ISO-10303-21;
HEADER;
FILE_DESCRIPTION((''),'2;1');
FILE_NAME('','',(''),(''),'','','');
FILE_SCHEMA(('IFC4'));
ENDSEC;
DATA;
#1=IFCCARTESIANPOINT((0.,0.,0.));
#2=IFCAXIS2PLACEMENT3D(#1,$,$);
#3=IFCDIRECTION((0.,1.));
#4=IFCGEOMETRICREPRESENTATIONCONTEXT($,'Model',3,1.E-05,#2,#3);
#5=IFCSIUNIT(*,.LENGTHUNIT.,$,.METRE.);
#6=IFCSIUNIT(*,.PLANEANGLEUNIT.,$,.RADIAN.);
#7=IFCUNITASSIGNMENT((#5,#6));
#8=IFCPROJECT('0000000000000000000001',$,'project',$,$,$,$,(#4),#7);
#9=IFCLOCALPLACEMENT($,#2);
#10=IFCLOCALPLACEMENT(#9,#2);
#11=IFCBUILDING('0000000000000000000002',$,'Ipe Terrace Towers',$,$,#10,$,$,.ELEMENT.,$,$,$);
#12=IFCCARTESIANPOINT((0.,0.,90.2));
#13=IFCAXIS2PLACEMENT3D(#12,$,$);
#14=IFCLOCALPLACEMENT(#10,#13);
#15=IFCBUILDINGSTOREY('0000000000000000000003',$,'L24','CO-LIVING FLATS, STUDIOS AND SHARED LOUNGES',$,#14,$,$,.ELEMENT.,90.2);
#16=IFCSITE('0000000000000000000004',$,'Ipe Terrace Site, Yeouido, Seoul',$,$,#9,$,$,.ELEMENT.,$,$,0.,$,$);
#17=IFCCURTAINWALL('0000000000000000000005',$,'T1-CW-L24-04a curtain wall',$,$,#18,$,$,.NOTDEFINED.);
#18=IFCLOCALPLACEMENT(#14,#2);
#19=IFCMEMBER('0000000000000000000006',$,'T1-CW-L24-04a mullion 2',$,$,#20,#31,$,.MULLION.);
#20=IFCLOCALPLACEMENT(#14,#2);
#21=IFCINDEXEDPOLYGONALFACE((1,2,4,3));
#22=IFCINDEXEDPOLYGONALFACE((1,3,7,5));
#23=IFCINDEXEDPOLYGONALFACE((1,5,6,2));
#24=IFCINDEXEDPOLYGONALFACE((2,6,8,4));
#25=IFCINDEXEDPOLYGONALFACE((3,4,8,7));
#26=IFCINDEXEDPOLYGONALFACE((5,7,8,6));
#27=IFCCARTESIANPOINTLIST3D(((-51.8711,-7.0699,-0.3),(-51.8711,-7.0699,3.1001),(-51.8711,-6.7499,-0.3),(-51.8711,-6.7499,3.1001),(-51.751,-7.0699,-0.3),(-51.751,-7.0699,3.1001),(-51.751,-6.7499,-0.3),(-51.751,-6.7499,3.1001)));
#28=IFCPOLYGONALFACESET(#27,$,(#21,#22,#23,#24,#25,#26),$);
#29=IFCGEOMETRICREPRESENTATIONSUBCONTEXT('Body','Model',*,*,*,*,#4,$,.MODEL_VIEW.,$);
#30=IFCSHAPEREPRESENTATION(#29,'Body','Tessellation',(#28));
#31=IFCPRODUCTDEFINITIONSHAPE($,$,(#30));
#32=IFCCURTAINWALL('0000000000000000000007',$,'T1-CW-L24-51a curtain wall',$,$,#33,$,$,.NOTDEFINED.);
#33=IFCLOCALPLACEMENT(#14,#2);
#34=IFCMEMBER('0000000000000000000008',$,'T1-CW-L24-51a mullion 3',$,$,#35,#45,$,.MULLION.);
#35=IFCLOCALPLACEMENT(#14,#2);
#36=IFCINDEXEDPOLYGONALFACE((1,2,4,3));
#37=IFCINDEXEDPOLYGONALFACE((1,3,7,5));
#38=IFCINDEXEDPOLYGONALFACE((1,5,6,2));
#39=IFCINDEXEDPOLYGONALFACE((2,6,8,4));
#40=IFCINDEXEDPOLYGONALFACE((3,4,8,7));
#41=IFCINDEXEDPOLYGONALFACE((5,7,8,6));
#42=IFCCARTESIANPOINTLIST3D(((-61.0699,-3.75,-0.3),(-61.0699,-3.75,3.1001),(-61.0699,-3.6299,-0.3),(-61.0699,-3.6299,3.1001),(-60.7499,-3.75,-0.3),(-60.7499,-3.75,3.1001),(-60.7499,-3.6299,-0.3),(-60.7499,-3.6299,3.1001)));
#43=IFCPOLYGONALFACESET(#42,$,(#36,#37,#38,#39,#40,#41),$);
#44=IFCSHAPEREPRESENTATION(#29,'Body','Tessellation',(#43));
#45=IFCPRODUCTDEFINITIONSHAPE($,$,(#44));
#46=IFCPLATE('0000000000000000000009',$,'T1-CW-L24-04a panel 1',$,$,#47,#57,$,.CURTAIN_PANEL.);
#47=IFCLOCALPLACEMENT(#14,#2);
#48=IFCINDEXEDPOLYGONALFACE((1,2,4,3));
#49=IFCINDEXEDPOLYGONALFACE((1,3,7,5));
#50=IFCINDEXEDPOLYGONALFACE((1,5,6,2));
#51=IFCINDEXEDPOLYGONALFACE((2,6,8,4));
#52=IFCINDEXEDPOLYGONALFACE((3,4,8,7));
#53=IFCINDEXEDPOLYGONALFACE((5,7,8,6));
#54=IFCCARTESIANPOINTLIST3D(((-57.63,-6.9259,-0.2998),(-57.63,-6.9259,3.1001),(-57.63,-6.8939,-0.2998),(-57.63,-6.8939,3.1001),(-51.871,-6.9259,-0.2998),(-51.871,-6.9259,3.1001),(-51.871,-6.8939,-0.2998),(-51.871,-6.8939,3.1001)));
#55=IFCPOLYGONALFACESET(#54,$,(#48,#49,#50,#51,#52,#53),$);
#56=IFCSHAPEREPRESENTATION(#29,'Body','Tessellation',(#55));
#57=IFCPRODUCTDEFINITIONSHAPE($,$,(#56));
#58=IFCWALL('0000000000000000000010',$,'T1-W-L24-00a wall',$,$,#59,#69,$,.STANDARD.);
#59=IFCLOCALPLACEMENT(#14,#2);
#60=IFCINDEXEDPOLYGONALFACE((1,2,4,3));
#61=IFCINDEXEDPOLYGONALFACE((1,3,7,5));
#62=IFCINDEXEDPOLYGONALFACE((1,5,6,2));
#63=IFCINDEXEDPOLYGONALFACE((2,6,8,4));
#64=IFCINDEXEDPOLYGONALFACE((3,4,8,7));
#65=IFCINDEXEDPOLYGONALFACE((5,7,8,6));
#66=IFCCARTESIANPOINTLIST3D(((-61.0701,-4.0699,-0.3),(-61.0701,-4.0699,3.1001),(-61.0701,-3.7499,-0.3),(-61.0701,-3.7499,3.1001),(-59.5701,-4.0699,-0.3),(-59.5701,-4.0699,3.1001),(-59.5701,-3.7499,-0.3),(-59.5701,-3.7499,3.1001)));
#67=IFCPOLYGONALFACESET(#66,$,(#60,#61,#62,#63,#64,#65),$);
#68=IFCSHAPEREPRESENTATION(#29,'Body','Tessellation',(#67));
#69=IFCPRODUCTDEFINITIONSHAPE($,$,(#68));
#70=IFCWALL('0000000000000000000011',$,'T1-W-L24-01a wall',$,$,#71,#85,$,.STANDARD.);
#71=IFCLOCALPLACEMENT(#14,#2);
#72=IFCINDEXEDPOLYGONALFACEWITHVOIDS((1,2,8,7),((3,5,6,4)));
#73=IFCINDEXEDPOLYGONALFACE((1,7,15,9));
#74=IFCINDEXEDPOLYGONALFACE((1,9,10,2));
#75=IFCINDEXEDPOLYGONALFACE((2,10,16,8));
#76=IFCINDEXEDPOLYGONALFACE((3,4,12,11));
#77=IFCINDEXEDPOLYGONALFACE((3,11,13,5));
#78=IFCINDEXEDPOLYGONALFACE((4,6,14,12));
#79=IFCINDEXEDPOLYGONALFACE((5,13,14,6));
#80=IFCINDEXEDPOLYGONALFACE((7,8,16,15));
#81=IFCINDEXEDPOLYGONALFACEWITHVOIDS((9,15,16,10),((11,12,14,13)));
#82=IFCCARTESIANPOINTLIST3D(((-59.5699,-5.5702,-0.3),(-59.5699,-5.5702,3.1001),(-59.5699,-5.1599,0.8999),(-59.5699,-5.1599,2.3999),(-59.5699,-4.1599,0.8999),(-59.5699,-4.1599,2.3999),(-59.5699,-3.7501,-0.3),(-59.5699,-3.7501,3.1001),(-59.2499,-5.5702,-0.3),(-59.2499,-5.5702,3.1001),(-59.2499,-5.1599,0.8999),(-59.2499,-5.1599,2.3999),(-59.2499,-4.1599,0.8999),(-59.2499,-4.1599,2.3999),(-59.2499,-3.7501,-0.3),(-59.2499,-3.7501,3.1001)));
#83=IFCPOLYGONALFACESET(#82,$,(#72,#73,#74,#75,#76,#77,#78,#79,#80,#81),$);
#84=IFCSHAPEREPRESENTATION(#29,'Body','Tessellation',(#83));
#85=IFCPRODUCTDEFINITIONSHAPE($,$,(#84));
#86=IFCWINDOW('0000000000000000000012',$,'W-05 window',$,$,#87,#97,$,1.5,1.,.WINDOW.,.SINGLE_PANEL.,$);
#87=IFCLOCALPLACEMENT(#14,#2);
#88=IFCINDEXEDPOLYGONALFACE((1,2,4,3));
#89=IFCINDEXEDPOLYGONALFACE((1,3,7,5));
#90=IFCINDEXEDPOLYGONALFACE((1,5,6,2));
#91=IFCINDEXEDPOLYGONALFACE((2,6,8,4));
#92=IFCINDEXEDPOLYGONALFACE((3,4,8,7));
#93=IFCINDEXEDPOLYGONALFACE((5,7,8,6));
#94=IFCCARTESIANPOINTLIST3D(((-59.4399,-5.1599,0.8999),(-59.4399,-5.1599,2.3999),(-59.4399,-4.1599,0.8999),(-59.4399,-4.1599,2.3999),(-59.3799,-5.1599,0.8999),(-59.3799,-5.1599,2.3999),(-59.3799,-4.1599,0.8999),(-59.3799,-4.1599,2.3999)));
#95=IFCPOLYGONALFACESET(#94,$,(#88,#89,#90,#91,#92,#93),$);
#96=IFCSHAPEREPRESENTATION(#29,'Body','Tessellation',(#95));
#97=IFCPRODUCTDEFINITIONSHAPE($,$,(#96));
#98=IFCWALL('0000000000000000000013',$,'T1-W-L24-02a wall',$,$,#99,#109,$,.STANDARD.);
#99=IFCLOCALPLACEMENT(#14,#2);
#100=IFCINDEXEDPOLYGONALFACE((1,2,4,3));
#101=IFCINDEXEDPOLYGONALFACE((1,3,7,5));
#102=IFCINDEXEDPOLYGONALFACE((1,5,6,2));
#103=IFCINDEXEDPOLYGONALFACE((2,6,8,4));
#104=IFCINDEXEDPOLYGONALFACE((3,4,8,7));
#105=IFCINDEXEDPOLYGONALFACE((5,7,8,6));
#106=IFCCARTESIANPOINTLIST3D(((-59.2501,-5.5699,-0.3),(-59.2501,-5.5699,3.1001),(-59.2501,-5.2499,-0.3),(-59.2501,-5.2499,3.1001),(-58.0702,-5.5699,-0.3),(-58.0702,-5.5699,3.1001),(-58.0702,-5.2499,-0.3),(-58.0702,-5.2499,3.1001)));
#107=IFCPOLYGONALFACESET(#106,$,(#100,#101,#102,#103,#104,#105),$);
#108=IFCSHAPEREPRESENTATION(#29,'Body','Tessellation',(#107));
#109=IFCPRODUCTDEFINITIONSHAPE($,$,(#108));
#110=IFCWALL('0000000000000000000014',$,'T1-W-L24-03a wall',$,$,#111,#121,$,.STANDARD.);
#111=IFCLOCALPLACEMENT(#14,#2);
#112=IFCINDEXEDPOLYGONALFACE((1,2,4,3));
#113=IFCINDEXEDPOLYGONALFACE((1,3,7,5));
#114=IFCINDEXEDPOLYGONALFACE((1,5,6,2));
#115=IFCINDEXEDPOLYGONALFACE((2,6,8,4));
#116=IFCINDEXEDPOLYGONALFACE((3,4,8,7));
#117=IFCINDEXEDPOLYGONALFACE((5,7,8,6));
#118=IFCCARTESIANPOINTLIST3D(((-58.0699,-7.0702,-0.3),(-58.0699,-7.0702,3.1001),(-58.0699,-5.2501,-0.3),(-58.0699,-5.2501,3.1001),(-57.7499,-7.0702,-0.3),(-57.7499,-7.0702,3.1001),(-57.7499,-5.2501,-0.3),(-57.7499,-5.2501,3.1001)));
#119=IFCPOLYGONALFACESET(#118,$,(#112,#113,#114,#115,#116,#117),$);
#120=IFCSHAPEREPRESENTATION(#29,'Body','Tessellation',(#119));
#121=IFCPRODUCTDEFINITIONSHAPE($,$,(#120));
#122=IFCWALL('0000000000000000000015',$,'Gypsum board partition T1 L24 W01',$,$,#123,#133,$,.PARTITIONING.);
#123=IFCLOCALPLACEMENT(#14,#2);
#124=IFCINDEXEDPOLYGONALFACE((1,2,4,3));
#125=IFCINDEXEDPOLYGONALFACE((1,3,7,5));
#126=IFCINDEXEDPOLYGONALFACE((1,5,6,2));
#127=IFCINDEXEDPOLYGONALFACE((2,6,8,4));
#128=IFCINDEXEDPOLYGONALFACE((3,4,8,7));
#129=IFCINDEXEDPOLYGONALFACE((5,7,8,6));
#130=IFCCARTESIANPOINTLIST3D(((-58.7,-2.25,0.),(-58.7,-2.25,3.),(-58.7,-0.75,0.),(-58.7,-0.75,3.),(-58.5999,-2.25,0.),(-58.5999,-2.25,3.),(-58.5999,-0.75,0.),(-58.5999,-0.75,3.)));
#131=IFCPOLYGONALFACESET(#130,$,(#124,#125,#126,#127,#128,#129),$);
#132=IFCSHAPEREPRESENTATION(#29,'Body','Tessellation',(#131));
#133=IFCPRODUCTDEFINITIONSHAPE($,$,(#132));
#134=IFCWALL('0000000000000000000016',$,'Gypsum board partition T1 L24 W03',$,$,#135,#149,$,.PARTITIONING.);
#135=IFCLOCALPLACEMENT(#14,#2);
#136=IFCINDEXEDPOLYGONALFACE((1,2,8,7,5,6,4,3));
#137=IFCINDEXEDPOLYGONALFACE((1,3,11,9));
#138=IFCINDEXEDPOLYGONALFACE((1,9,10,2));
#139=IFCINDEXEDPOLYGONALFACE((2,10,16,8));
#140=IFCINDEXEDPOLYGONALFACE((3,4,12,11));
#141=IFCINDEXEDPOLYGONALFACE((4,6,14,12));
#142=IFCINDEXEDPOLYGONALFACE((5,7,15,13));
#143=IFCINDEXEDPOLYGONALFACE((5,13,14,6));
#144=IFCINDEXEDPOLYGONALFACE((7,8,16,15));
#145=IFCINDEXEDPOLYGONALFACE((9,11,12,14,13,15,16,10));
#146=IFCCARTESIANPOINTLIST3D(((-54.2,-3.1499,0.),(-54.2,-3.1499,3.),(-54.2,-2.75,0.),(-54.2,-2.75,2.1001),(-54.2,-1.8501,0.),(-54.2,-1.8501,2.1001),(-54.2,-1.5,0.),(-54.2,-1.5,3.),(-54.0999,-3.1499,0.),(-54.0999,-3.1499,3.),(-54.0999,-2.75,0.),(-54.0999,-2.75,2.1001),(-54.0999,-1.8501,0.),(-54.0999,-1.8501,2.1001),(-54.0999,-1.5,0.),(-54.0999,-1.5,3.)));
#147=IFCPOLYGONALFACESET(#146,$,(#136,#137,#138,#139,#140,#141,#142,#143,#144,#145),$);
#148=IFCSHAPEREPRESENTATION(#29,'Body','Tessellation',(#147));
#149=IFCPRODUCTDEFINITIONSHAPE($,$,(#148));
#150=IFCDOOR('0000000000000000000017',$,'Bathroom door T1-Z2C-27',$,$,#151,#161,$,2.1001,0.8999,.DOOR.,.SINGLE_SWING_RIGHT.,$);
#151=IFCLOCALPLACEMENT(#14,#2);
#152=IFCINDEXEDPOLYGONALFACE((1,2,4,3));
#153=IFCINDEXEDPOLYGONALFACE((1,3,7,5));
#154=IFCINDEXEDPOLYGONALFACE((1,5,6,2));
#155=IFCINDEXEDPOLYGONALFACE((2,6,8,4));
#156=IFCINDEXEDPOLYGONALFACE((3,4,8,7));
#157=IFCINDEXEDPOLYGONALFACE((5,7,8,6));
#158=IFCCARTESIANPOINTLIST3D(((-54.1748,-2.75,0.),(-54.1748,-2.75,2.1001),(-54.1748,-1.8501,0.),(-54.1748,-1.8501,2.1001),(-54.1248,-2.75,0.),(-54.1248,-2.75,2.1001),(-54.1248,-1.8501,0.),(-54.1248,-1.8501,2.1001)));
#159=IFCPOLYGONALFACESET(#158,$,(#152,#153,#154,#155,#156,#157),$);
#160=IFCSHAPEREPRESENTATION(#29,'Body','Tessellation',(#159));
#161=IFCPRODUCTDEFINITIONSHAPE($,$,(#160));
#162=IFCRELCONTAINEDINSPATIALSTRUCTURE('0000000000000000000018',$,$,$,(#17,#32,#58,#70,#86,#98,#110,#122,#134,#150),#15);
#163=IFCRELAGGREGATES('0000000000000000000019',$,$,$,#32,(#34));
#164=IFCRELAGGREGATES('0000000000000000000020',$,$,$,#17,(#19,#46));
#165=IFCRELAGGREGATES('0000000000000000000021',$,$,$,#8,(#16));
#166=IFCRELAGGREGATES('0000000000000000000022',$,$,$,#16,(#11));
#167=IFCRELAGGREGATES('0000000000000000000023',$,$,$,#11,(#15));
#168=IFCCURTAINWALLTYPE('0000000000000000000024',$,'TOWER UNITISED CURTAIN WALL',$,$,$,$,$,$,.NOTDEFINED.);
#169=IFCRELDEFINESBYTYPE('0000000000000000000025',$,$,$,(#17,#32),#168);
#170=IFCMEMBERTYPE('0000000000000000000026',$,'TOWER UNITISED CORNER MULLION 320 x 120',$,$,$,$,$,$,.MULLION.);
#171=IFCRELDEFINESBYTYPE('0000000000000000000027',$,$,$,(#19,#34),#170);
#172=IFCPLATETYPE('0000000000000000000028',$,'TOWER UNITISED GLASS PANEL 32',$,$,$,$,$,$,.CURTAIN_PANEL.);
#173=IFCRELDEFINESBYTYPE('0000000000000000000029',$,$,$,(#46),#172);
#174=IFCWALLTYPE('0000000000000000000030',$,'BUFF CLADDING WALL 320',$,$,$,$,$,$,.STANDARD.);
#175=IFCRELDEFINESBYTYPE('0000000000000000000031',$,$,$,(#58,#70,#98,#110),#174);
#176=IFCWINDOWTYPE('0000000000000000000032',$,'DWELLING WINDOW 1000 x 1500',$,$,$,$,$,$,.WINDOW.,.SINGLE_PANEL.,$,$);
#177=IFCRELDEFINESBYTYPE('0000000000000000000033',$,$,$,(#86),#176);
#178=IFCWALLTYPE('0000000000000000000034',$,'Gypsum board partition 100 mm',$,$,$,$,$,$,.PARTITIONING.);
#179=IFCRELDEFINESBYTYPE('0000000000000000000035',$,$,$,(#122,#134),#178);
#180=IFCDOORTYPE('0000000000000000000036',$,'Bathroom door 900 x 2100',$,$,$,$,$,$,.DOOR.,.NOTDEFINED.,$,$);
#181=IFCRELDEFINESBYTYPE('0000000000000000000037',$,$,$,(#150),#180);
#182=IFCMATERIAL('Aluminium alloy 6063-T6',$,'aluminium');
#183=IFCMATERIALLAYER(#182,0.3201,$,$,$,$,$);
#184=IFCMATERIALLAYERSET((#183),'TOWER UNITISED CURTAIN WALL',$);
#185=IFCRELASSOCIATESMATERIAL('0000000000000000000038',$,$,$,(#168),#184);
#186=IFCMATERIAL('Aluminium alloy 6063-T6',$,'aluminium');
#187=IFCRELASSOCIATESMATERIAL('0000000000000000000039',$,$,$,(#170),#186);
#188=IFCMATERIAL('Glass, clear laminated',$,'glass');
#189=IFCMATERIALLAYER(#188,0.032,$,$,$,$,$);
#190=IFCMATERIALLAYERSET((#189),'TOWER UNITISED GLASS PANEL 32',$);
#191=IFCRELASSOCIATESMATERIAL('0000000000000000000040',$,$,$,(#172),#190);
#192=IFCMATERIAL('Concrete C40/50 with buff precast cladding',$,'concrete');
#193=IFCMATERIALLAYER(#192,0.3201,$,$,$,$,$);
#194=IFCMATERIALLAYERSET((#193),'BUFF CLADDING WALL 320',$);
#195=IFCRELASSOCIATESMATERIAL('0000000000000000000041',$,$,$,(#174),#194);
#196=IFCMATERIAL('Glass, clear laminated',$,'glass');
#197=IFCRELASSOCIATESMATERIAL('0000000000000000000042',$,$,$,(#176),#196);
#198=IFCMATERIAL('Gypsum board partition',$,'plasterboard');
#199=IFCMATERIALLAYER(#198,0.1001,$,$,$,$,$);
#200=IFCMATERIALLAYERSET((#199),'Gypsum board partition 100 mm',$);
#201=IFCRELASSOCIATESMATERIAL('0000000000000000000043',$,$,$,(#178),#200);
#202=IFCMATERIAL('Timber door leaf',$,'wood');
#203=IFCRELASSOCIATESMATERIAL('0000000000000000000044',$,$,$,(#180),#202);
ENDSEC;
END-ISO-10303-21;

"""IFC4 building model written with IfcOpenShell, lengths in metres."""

from ifc_helpers import new_model, si_unit, direction, frame, frame_2d, origin, origin_2d, place, context, subcontext, project, spatial, rectangle, extrude, material, layer, layer_set, material_profile, profile_set, type_object, element, fill, aggregate, save


model = new_model("IFC4")

# Units and contexts
model_context = context("Model", 3, precision=1e-05, world=origin(), true_north=direction((0.0, 1.0)))
body_context = subcontext(model_context, "Body", "Model", "MODEL_VIEW")
ifc_project = project(units=[si_unit("LENGTHUNIT", "METRE"), si_unit("PLANEANGLEUNIT", "RADIAN")], contexts=[model_context])

# Site, building, storey
site_placement = place(None, origin())
site = spatial("IfcSite", under=ifc_project, at=site_placement, Name="Ipe Terrace Site, Yeouido, Seoul", CompositionType="ELEMENT", RefElevation=0.0)
building_placement = place(site_placement, origin())
building = spatial("IfcBuilding", under=site, at=building_placement, Name="Ipe Terrace Towers", CompositionType="ELEMENT")
storey_placement = place(building_placement, frame((0.0, 0.0, 90.2)))
storey = spatial("IfcBuildingStorey", under=building, at=storey_placement, Name="L24", Description="CO-LIVING FLATS, STUDIOS AND SHARED LOUNGES", CompositionType="ELEMENT", Elevation=90.2)

# Curtain wall, member
ifc_material_1 = material(Name="Aluminium alloy 6063-T6", Category="aluminium")
ifc_layer_1 = layer(ifc_material_1, 0.3201)
ifc_layer_set_1 = layer_set([ifc_layer_1], Name="TOWER UNITISED CURTAIN WALL")
curtain_wall_type = type_object("IfcCurtainWallType", Name="TOWER UNITISED CURTAIN WALL", PredefinedType="NOTDEFINED", material=ifc_layer_set_1)
curtain_wall_1_placement = place(storey_placement, origin())
curtain_wall_1 = element("IfcCurtainWall", 1, at=curtain_wall_1_placement, inside=storey, type_object=curtain_wall_type, Name="T1-CW-L24-04a curtain wall", PredefinedType="NOTDEFINED")
ifc_material_2 = material(Name="Aluminium alloy 6063-T6", Category="aluminium")
ifc_material_profile_1 = material_profile(ifc_material_2, rectangle(XDim=0.3201, YDim=0.1201, at=origin_2d()), Name="TOWER UNITISED CORNER MULLION 320 x 120")
ifc_profile_set_1 = profile_set([ifc_material_profile_1], Name="Aluminium alloy 6063-T6")
member_type = type_object("IfcMemberType", Name="TOWER UNITISED CORNER MULLION 320 x 120", PredefinedType="MULLION", material=ifc_profile_set_1)
member_1_placement = place(storey_placement, frame((-51.811, -6.9099, -0.3), z_axis=(0.0, 0.0, 1.0), x_axis=(0.0, -1.0, 0.0)))
member_1 = element("IfcMember", 2, at=member_1_placement, type_object=member_type, Name="T1-CW-L24-04a mullion 2", PredefinedType="MULLION", context=body_context, shape_type="SweptSolid", body=[
    extrude(rectangle(XDim=0.3201, YDim=0.1201, at=origin_2d()), origin(), (0.0, 0.0, 1.0), 3.4001),
])

# Curtain wall, member
curtain_wall_2_placement = place(storey_placement, origin())
curtain_wall_2 = element("IfcCurtainWall", 3, at=curtain_wall_2_placement, inside=storey, type_object=curtain_wall_type, Name="T1-CW-L24-51a curtain wall", PredefinedType="NOTDEFINED")
member_2_placement = place(storey_placement, frame((-60.9099, -3.6899, -0.3), z_axis=(0.0, 0.0, 1.0), x_axis=(-1.0, 0.0, 0.0)))
member_2 = element("IfcMember", 4, at=member_2_placement, type_object=member_type, Name="T1-CW-L24-51a mullion 3", PredefinedType="MULLION", context=body_context, shape_type="SweptSolid", body=[
    extrude(rectangle(XDim=0.3201, YDim=0.1201, at=origin_2d()), origin(), (0.0, 0.0, 1.0), 3.4001),
])
aggregate(curtain_wall_2, [member_2])

# Plate
ifc_material_3 = material(Name="Glass, clear laminated", Category="glass")
ifc_layer_2 = layer(ifc_material_3, 0.032)
ifc_layer_set_2 = layer_set([ifc_layer_2], Name="TOWER UNITISED GLASS PANEL 32")
plate_type = type_object("IfcPlateType", Name="TOWER UNITISED GLASS PANEL 32", PredefinedType="CURTAIN_PANEL", material=ifc_layer_set_2)
plate_placement = place(storey_placement, frame((-54.7505, -6.9099, -0.2998), z_axis=(0.0, 0.0, 1.0), x_axis=(1.0, 0.0, 0.0)))
plate = element("IfcPlate", 5, at=plate_placement, type_object=plate_type, Name="T1-CW-L24-04a panel 1", PredefinedType="CURTAIN_PANEL", context=body_context, shape_type="SweptSolid", body=[
    extrude(rectangle(XDim=5.759, YDim=0.032, at=origin_2d()), origin(), (0.0, 0.0, 1.0), 3.3999),
])
aggregate(curtain_wall_1, [member_1, plate])

# Wall
ifc_material_4 = material(Name="Concrete C40/50 with buff precast cladding", Category="concrete")
ifc_layer_3 = layer(ifc_material_4, 0.3201)
ifc_layer_set_3 = layer_set([ifc_layer_3], Name="BUFF CLADDING WALL 320")
wall_type_1 = type_object("IfcWallType", Name="BUFF CLADDING WALL 320", PredefinedType="STANDARD", material=ifc_layer_set_3)
wall_1_placement = place(storey_placement, frame((-61.0701, -3.9099, -0.3), z_axis=(0.0, 0.0, 1.0), x_axis=(1.0, 0.0, 0.0)))
element("IfcWall", 6, at=wall_1_placement, inside=storey, type_object=wall_type_1, Name="T1-W-L24-00a wall", PredefinedType="STANDARD", context=body_context, shape_type="SweptSolid", body=[
    extrude(rectangle(XDim=1.5, YDim=0.3201, at=frame_2d((0.75, 0.0))), origin(), (0.0, 0.0, 1.0), 3.4001),
])

# Wall, opening, window
wall_2_placement = place(storey_placement, frame((-59.4099, -3.75, -0.3), z_axis=(0.0, 0.0, 1.0), x_axis=(0.0, -1.0, 0.0)))
wall_2 = element("IfcWall", 7, at=wall_2_placement, inside=storey, type_object=wall_type_1, Name="T1-W-L24-01a wall", PredefinedType="STANDARD", context=body_context, shape_type="SweptSolid", body=[
    extrude(rectangle(XDim=1.8201, YDim=0.3201, at=frame_2d((0.9102, 0.0))), origin(), (0.0, 0.0, 1.0), 3.4001),
])
opening_1_placement = place(wall_2_placement, frame((0.4099, 0.0, 1.2)))
opening_1 = element("IfcOpeningElement", 8, at=opening_1_placement, cuts=wall_2, PredefinedType="OPENING", context=body_context, shape_type="SweptSolid", body=[
    extrude(rectangle(XDim=1.0, YDim=1.5, at=frame_2d((0.5, 0.75))), frame((0.0, 0.1699, 0.0), z_axis=(0.0, -1.0, 0.0), x_axis=(1.0, 0.0, 0.0)), (0.0, 0.0, 1.0), 0.3401),
])
ifc_material_5 = material(Name="Glass, clear laminated", Category="glass")
window_type = type_object("IfcWindowType", Name="DWELLING WINDOW 1000 x 1500", PartitioningType="SINGLE_PANEL", PredefinedType="WINDOW", material=ifc_material_5)
window_placement = place(opening_1_placement, origin())
window = element("IfcWindow", 9, at=window_placement, inside=storey, type_object=window_type, Name="W-05 window", OverallHeight=1.5, OverallWidth=1.0, PartitioningType="SINGLE_PANEL", PredefinedType="WINDOW", context=body_context, shape_type="SweptSolid", body=[
    extrude(rectangle(XDim=1.0, YDim=1.5, at=frame_2d((0.5, 0.75))), frame((0.0, 0.03, 0.0), z_axis=(0.0, -1.0, 0.0), x_axis=(1.0, 0.0, 0.0)), (0.0, 0.0, 1.0), 0.0601),
])
fill(opening_1, window)

# Walls
wall_3_placement = place(storey_placement, frame((-59.25, -5.4099, -0.3), z_axis=(0.0, 0.0, 1.0), x_axis=(1.0, 0.0, 0.0)))
element("IfcWall", 10, at=wall_3_placement, inside=storey, type_object=wall_type_1, Name="T1-W-L24-02a wall", PredefinedType="STANDARD", context=body_context, shape_type="SweptSolid", body=[
    extrude(rectangle(XDim=1.1799, YDim=0.3201, at=frame_2d((0.5898, 0.0))), origin(), (0.0, 0.0, 1.0), 3.4001),
])
wall_4_placement = place(storey_placement, frame((-57.9099, -5.25, -0.3), z_axis=(0.0, 0.0, 1.0), x_axis=(0.0, -1.0, 0.0)))
element("IfcWall", 11, at=wall_4_placement, inside=storey, type_object=wall_type_1, Name="T1-W-L24-03a wall", PredefinedType="STANDARD", context=body_context, shape_type="SweptSolid", body=[
    extrude(rectangle(XDim=1.8201, YDim=0.3201, at=frame_2d((0.9102, 0.0))), origin(), (0.0, 0.0, 1.0), 3.4001),
])
ifc_material_6 = material(Name="Gypsum board partition", Category="plasterboard")
ifc_layer_4 = layer(ifc_material_6, 0.1001)
ifc_layer_set_4 = layer_set([ifc_layer_4], Name="Gypsum board partition 100 mm")
wall_type_2 = type_object("IfcWallType", Name="Gypsum board partition 100 mm", PredefinedType="PARTITIONING", material=ifc_layer_set_4)
wall_5_placement = place(storey_placement, frame((-58.6499, -2.25, 0.0), z_axis=(0.0, 0.0, 1.0), x_axis=(0.0, 1.0, 0.0)))
element("IfcWall", 12, at=wall_5_placement, inside=storey, type_object=wall_type_2, Name="Gypsum board partition T1 L24 W01", PredefinedType="PARTITIONING", context=body_context, shape_type="SweptSolid", body=[
    extrude(rectangle(XDim=1.5, YDim=0.1001, at=frame_2d((0.75, 0.0))), origin(), (0.0, 0.0, 1.0), 3.0),
])

# Wall, opening, door
wall_6_placement = place(storey_placement, frame((-54.1499, -3.1499, 0.0), z_axis=(0.0, 0.0, 1.0), x_axis=(0.0, 1.0, 0.0)))
wall_6 = element("IfcWall", 13, at=wall_6_placement, inside=storey, type_object=wall_type_2, Name="Gypsum board partition T1 L24 W03", PredefinedType="PARTITIONING", context=body_context, shape_type="SweptSolid", body=[
    extrude(rectangle(XDim=1.6499, YDim=0.1001, at=frame_2d((0.825, 0.0))), origin(), (0.0, 0.0, 1.0), 3.0),
])
opening_2_placement = place(wall_6_placement, frame((0.3999, 0.0, 0.0)))
opening_2 = element("IfcOpeningElement", 14, at=opening_2_placement, cuts=wall_6, PredefinedType="OPENING", context=body_context, shape_type="SweptSolid", body=[
    extrude(rectangle(XDim=0.8999, YDim=2.1001, at=frame_2d((0.45, 1.05))), frame((0.0, 0.0601, 0.0), z_axis=(0.0, -1.0, 0.0), x_axis=(1.0, 0.0, 0.0)), (0.0, 0.0, 1.0), 0.1201),
])
ifc_material_7 = material(Name="Timber door leaf", Category="wood")
door_type_1 = type_object("IfcDoorType", Name="Bathroom door 900 x 2100", OperationType="NOTDEFINED", PredefinedType="DOOR", material=ifc_material_7)
door_1_placement = place(opening_2_placement, origin())
door_1 = element("IfcDoor", 15, at=door_1_placement, inside=storey, type_object=door_type_1, Name="Bathroom door T1-Z2C-27", OperationType="SINGLE_SWING_RIGHT", OverallHeight=2.1001, OverallWidth=0.8999, PredefinedType="DOOR", context=body_context, shape_type="SweptSolid", body=[
    extrude(rectangle(XDim=0.8999, YDim=2.1001, at=frame_2d((0.45, 1.05))), frame((0.0, 0.0249, 0.0), z_axis=(0.0, -1.0, 0.0), x_axis=(1.0, 0.0, 0.0)), (0.0, 0.0, 1.0), 0.05),
])
fill(opening_2, door_1)

save(model, "model.ifc")
